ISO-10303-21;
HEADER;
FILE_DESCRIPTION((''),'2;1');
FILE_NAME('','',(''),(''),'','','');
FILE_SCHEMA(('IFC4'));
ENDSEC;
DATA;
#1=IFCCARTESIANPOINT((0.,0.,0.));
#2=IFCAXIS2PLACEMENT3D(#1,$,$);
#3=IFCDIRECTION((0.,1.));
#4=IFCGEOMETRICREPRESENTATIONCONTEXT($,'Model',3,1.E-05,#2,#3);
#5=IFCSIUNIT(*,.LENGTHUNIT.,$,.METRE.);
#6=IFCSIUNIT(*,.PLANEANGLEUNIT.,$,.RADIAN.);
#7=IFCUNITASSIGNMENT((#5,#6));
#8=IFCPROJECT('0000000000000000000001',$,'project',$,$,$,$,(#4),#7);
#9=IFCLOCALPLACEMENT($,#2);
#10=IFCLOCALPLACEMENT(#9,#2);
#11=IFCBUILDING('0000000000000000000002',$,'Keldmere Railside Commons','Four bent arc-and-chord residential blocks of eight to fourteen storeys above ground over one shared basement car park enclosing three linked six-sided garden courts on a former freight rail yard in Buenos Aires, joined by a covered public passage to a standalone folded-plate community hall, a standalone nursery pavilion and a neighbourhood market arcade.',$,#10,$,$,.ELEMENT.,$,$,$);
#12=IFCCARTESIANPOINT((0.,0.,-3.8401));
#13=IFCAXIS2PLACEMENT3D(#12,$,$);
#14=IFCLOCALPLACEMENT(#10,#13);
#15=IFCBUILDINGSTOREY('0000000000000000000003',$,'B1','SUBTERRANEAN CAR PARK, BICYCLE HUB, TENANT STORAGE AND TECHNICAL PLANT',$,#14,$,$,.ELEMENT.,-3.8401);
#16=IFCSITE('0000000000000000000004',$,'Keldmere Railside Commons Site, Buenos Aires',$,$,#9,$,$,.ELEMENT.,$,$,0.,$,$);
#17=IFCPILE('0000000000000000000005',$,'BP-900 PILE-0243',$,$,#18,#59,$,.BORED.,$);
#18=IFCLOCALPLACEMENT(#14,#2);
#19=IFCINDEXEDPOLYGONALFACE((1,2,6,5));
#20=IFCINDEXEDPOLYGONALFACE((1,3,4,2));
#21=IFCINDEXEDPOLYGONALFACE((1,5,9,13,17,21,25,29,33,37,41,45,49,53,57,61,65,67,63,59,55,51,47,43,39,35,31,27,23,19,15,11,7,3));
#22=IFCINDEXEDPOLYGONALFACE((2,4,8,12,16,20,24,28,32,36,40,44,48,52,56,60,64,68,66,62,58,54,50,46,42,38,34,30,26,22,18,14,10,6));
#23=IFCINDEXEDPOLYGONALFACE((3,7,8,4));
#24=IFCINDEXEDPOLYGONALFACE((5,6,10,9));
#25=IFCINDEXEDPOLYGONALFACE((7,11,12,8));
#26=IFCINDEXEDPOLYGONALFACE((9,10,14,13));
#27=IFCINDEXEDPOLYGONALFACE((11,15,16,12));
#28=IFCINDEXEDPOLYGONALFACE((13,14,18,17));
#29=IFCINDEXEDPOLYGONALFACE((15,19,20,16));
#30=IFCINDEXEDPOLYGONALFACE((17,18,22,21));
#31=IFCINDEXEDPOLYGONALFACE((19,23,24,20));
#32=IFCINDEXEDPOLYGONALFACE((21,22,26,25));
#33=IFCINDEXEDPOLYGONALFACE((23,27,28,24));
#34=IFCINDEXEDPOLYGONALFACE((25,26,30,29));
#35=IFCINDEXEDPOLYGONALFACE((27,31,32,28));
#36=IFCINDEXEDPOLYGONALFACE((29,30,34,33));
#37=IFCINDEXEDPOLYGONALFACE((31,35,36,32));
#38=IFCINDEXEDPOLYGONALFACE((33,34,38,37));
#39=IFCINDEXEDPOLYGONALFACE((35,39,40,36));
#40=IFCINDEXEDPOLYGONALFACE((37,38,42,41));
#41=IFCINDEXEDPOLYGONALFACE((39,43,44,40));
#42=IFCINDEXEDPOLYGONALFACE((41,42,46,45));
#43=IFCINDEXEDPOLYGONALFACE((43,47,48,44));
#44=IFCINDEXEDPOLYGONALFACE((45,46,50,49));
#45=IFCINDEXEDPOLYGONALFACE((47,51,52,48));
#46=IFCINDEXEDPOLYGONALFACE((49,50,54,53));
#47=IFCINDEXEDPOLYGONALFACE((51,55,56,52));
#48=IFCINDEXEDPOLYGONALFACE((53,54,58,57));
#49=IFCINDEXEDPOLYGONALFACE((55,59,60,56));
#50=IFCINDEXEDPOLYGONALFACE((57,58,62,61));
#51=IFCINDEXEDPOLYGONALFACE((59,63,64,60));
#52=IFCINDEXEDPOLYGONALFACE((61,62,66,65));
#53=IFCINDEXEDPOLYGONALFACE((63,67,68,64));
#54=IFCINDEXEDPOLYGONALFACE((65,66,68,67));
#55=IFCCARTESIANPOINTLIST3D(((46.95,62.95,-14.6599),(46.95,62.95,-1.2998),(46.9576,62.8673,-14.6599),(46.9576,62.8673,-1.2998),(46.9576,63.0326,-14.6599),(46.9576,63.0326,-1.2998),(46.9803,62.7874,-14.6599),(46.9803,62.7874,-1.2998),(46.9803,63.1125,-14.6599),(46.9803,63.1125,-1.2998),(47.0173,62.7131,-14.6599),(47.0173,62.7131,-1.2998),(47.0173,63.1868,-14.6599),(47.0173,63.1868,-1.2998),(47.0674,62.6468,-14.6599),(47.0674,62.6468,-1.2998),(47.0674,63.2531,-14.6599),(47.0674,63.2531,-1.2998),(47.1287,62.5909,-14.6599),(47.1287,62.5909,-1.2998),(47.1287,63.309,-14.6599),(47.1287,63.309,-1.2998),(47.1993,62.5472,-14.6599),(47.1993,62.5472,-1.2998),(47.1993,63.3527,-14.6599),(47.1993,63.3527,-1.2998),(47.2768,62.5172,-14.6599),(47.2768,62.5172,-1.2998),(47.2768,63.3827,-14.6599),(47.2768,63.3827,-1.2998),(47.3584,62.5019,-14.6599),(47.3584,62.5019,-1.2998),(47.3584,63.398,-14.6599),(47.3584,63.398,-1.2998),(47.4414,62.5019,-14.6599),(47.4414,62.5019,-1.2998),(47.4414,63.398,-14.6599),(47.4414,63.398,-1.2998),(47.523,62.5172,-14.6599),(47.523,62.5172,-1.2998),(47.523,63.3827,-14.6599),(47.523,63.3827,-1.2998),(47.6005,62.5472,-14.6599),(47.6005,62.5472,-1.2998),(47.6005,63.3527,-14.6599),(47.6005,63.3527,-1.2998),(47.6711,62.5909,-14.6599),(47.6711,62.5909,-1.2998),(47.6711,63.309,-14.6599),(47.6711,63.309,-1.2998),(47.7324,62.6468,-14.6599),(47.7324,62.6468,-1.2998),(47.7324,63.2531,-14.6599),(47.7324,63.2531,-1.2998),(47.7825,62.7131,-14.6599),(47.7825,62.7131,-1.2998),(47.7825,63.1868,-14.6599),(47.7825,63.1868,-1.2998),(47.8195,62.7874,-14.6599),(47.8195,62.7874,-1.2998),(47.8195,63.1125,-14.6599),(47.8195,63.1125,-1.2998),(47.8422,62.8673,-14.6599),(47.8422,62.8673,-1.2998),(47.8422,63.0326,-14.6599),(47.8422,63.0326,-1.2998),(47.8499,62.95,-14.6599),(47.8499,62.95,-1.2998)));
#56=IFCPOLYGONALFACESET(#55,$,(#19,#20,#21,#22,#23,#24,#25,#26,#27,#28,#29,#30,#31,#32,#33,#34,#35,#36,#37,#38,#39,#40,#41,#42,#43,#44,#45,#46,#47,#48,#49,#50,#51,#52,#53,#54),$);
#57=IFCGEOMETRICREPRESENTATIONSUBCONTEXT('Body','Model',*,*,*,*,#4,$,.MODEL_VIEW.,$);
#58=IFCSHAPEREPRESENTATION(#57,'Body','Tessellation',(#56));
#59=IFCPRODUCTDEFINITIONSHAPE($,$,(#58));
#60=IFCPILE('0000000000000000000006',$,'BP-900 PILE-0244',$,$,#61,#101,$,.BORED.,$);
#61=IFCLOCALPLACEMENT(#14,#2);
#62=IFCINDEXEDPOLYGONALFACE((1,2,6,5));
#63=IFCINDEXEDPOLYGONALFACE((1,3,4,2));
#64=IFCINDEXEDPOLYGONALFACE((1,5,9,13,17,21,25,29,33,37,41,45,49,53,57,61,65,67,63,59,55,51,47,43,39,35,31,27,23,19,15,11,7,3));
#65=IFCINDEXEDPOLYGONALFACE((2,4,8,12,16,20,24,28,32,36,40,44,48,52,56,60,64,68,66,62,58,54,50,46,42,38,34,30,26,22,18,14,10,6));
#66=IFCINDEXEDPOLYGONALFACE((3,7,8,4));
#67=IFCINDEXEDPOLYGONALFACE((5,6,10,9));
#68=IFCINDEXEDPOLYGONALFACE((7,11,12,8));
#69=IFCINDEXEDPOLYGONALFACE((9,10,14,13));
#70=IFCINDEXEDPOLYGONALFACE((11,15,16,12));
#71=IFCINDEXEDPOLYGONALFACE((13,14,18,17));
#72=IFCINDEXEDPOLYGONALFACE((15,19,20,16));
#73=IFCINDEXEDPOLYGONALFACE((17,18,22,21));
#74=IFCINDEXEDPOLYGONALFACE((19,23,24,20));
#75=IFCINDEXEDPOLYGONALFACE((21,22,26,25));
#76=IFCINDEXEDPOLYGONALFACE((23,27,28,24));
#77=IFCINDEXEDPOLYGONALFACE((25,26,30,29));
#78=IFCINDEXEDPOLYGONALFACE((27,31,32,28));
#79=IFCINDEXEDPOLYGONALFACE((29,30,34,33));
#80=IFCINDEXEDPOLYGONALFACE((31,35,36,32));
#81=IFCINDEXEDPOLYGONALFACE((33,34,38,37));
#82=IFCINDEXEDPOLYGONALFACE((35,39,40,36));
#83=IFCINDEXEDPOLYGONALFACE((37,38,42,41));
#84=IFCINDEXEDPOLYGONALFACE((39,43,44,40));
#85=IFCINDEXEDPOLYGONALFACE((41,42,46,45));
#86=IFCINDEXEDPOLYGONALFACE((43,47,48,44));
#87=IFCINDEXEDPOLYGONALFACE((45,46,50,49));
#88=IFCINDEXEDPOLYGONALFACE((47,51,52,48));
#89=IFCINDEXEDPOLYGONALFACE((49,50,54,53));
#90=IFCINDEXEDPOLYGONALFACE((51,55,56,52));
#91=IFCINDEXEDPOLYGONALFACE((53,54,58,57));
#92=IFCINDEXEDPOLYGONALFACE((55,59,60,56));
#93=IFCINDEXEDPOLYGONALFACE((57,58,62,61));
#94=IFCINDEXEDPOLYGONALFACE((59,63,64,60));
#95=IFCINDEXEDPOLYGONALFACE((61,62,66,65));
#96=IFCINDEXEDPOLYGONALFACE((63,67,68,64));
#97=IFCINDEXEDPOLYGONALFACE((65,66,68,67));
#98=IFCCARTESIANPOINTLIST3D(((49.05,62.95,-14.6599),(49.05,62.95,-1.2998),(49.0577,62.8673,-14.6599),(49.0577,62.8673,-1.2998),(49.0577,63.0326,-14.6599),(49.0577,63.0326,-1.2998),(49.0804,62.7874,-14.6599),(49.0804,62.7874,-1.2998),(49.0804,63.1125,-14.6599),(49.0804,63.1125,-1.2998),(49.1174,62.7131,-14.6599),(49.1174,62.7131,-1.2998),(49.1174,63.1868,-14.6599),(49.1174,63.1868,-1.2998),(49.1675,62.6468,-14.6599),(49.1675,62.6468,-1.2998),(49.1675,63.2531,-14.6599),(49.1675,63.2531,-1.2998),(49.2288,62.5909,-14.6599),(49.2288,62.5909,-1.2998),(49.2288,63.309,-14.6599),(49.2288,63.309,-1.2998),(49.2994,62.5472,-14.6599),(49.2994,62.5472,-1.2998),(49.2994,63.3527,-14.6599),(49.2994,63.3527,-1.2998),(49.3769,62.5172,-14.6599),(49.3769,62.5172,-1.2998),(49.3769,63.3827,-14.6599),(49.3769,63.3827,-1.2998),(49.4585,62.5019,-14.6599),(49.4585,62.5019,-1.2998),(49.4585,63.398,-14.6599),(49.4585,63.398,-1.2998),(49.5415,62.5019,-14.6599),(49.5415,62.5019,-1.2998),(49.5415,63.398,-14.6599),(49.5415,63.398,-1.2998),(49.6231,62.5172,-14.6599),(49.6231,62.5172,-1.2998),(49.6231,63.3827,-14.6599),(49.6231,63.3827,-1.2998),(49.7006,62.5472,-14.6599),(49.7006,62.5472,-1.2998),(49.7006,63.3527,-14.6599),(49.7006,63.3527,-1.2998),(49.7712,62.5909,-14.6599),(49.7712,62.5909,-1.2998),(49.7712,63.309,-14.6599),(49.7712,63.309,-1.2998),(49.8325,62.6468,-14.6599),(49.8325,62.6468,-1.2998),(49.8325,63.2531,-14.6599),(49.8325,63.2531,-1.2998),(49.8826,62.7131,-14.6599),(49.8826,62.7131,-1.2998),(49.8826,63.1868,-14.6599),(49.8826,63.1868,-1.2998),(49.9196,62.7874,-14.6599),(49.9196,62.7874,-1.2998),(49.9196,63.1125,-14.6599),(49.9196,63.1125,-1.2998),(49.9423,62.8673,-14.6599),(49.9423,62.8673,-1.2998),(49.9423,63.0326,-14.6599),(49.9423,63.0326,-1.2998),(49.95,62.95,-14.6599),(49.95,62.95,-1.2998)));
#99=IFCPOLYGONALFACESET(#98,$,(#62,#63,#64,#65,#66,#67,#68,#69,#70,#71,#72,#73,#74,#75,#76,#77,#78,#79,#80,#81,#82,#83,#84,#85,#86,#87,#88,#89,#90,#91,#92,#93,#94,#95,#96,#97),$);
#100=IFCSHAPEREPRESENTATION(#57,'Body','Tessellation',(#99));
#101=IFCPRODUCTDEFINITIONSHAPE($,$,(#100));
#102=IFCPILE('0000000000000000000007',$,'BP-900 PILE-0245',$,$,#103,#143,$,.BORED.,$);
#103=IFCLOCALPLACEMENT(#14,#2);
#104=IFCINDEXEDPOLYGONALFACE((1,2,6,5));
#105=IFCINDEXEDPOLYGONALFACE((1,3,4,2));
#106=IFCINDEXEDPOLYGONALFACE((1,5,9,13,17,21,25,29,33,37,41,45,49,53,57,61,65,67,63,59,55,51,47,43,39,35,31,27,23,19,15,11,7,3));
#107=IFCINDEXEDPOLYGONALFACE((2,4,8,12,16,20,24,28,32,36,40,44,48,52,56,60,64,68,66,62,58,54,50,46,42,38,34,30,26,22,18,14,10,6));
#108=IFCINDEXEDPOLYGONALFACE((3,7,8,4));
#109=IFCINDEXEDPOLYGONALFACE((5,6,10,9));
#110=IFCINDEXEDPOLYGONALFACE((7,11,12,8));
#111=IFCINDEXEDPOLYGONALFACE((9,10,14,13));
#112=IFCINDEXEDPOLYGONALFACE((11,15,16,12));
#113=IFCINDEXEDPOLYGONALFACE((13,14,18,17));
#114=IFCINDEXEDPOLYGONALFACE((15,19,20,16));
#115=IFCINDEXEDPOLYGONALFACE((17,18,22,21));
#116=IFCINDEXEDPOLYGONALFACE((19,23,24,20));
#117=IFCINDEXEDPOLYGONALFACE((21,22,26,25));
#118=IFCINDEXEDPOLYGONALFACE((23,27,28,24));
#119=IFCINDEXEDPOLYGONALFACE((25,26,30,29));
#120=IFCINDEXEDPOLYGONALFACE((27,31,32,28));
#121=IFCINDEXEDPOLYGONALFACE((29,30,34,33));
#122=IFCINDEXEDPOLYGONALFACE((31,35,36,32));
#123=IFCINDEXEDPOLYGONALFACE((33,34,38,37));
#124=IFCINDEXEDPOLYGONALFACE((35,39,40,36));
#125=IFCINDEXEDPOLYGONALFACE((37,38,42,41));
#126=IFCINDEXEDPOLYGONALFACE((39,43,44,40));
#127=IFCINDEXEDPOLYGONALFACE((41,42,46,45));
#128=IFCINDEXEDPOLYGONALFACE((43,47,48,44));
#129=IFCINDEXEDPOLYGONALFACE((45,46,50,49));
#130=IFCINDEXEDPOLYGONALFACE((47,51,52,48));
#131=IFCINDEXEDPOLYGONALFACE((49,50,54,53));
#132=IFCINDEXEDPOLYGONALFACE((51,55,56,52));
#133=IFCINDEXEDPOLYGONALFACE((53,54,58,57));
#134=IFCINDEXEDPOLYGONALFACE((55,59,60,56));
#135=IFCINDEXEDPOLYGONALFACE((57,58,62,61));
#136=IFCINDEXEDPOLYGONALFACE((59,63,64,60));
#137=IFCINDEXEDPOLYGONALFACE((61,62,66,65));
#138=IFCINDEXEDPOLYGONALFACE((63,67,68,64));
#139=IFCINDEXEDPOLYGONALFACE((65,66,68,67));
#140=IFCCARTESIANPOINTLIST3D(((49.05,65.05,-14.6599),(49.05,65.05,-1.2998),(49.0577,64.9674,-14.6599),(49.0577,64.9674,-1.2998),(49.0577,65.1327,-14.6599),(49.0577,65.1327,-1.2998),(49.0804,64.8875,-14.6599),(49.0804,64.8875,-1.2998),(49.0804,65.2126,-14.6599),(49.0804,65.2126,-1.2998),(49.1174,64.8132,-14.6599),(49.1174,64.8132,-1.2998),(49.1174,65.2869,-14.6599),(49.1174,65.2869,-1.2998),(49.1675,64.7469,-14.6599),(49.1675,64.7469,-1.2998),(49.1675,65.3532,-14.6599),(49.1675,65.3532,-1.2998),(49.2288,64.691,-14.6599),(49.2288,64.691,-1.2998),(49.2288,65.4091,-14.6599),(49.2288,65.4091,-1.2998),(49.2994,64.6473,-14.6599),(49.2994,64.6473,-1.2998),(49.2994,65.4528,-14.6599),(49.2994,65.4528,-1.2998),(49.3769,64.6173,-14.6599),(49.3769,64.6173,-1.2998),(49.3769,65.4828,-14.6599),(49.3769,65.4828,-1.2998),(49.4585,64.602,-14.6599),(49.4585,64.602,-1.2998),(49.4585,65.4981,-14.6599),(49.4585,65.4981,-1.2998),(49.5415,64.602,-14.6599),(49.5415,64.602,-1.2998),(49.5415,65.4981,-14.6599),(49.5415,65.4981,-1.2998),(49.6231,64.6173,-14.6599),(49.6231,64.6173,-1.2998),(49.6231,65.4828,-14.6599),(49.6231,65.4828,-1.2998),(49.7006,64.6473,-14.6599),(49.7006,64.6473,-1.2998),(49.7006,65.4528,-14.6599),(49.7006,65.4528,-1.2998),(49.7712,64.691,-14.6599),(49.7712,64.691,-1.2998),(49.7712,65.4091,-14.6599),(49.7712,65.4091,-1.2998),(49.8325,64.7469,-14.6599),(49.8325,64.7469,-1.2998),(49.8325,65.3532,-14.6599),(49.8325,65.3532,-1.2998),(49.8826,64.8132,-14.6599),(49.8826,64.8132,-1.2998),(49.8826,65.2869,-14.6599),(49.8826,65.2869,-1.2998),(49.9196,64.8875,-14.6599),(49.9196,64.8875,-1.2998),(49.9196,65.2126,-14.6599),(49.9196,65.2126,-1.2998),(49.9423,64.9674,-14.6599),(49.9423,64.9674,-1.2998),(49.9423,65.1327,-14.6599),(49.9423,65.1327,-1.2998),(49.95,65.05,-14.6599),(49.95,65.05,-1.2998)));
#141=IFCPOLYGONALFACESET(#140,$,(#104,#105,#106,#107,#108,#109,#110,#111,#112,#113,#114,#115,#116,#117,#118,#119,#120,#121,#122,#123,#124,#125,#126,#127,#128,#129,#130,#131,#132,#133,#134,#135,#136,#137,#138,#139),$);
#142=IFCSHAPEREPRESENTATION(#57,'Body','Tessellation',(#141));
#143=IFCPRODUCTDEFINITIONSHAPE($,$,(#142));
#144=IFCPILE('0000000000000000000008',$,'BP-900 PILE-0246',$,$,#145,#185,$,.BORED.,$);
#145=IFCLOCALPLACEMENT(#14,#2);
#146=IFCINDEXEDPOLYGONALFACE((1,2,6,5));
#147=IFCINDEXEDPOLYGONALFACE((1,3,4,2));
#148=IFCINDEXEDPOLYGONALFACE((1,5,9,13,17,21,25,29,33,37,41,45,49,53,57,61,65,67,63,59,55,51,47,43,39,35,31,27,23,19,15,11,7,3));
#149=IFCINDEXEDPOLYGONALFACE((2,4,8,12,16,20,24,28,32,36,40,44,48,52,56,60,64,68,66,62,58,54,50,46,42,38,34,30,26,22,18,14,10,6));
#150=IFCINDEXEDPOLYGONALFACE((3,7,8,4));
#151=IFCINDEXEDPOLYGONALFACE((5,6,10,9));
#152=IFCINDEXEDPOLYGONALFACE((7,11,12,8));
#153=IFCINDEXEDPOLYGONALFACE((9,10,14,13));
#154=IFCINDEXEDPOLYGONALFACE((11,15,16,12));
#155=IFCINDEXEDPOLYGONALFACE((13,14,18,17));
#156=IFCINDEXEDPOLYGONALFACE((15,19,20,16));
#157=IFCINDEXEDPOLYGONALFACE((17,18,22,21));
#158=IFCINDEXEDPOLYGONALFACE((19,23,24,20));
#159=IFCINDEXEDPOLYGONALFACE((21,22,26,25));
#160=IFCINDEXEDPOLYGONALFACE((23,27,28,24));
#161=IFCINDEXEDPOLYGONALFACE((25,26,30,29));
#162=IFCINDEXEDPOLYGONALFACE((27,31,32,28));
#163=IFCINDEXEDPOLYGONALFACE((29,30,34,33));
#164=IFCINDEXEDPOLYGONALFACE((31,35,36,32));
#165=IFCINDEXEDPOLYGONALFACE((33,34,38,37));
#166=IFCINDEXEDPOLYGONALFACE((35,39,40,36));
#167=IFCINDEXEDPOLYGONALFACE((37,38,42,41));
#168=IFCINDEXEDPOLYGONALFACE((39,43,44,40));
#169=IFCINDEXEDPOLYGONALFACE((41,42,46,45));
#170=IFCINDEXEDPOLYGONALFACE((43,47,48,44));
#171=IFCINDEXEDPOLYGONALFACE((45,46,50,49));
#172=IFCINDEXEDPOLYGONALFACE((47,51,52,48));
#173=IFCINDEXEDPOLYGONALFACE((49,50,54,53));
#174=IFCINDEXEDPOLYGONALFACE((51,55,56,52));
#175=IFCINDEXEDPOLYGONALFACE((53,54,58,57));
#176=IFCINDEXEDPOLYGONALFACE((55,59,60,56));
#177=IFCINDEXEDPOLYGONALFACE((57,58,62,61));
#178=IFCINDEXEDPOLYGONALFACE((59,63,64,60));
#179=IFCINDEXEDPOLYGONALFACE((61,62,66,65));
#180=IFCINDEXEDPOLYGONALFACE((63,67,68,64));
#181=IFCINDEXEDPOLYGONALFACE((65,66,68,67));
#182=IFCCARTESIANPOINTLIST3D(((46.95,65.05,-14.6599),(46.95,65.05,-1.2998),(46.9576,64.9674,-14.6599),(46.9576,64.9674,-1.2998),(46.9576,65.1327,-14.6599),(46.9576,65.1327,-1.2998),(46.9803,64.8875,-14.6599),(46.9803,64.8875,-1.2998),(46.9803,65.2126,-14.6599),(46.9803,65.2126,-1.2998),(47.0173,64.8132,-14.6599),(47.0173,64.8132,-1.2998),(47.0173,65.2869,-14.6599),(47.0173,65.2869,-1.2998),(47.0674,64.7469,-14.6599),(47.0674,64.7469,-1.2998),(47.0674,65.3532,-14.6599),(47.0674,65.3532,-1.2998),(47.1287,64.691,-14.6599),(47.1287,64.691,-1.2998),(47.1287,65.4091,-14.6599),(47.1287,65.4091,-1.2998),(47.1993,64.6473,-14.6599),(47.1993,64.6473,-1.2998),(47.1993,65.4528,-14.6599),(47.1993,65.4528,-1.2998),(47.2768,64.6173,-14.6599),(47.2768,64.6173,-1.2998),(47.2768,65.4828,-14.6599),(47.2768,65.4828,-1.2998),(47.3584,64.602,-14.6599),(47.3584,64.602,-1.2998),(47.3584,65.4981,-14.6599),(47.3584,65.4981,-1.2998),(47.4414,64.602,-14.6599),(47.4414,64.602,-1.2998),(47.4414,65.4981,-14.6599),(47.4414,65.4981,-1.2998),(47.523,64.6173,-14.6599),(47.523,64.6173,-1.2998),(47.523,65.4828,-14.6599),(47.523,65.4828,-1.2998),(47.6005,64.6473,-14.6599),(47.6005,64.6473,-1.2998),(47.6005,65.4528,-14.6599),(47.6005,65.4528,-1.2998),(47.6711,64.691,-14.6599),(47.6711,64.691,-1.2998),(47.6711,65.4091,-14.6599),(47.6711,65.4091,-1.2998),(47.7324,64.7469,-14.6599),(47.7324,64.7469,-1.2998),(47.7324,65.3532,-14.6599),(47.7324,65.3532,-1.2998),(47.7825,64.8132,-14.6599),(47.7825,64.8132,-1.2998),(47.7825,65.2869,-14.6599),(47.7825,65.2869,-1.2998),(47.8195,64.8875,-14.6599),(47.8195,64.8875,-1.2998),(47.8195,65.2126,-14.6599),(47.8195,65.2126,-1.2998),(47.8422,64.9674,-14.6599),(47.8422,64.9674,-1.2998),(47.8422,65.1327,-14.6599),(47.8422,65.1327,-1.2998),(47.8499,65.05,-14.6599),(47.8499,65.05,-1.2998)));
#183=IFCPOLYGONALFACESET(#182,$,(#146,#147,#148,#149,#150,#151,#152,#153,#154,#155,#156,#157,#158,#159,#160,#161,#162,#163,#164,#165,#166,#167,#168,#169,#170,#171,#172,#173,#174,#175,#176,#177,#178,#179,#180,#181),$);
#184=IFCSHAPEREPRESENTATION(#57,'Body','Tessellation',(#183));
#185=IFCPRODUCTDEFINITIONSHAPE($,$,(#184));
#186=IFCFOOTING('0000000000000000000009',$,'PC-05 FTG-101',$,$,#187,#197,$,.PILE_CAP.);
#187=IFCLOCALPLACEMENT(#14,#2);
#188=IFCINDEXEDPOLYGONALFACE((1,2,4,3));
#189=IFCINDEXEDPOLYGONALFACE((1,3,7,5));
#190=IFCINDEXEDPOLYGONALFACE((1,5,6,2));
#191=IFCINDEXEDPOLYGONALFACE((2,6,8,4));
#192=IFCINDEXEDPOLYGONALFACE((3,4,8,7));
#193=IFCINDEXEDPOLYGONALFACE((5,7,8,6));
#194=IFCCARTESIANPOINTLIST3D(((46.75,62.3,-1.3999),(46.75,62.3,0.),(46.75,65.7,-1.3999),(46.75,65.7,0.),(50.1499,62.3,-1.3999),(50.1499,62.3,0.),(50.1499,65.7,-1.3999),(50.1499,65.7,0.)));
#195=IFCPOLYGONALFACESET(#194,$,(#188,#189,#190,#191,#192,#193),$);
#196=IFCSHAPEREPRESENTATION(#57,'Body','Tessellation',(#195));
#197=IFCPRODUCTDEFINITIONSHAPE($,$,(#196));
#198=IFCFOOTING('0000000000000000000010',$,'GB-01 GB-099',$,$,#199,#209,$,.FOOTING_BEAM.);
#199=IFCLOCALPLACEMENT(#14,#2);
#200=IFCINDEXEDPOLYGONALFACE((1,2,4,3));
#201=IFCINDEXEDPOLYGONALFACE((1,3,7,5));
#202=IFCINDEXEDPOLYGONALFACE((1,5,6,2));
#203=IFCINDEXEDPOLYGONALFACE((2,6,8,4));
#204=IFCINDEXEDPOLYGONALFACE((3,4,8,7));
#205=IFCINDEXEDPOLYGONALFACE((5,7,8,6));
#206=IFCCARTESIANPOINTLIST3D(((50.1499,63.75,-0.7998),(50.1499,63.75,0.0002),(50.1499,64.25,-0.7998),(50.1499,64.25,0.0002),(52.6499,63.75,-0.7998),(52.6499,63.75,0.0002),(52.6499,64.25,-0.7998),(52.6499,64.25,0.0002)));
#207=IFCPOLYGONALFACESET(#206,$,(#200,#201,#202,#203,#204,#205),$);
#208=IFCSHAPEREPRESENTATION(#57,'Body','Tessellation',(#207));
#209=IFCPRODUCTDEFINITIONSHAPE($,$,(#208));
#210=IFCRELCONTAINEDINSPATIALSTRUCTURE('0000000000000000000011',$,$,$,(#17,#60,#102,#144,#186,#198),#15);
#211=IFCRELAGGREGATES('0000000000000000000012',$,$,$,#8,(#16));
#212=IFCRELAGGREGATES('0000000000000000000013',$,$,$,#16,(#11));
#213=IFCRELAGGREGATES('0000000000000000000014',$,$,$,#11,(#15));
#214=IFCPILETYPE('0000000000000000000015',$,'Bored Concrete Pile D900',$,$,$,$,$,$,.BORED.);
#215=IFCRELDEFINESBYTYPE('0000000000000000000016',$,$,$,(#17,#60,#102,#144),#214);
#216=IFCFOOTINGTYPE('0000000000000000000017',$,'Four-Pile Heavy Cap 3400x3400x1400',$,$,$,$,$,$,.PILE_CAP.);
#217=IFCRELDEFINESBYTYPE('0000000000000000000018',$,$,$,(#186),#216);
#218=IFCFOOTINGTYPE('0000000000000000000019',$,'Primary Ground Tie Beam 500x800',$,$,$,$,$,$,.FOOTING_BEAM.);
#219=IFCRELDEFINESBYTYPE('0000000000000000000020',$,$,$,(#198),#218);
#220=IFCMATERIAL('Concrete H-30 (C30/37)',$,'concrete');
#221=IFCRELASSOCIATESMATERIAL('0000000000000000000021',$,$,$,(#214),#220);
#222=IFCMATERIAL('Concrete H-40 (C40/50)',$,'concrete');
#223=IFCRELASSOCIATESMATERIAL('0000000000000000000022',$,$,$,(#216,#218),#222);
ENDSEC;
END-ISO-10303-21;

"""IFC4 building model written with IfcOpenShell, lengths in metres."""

from ifc_helpers import new_model, si_unit, direction, frame, origin, origin_2d, place, context, subcontext, project, spatial, rectangle, circle, extrude, material, material_profile, profile_set, type_object, element, save


model = new_model("IFC4")

# Units and contexts
model_context = context("Model", 3, precision=1e-05, world=origin(), true_north=direction((0.0, 1.0)))
body_context = subcontext(model_context, "Body", "Model", "MODEL_VIEW")
ifc_project = project(units=[si_unit("LENGTHUNIT", "METRE"), si_unit("PLANEANGLEUNIT", "RADIAN")], contexts=[model_context])

# Site, building, storey
site_placement = place(None, origin())
site = spatial("IfcSite", under=ifc_project, at=site_placement, Name="Keldmere Railside Commons Site, Buenos Aires", CompositionType="ELEMENT", RefElevation=0.0)
building_placement = place(site_placement, origin())
building = spatial("IfcBuilding", under=site, at=building_placement, Name="Keldmere Railside Commons", Description="Four bent arc-and-chord residential blocks of eight to fourteen storeys above ground over one shared basement car park enclosing three linked six-sided garden courts on a former freight rail yard in Buenos Aires, joined by a covered public passage to a standalone folded-plate community hall, a standalone nursery pavilion and a neighbourhood market arcade.", CompositionType="ELEMENT")
storey_placement = place(building_placement, frame((0.0, 0.0, -3.8401)))
storey = spatial("IfcBuildingStorey", under=building, at=storey_placement, Name="B1", Description="SUBTERRANEAN CAR PARK, BICYCLE HUB, TENANT STORAGE AND TECHNICAL PLANT", CompositionType="ELEMENT", Elevation=-3.8401)

# Piles
ifc_material_1 = material(Name="Concrete H-30 (C30/37)", Category="concrete")
ifc_material_profile_1 = material_profile(ifc_material_1, circle(Radius=0.45, at=origin_2d()), Name="PILE-D900")
ifc_profile_set_1 = profile_set([ifc_material_profile_1], Name="Concrete H-30 (C30/37)")
pile_type_1 = type_object("IfcPileType", Name="Bored Concrete Pile D900", PredefinedType="BORED", material=ifc_profile_set_1)
for number, where, z_axis, x_axis, name in (
    (1, (47.3999, 62.95, -1.2998), (0.0, 0.0, -1.0), (1.0, 0.0, 0.0), "BP-900 PILE-0243"),
    (2, (49.5, 62.95, -1.2998), (0.0, 0.0, -1.0), (1.0, 0.0, 0.0), "BP-900 PILE-0244"),
    (3, (49.5, 65.05, -1.2998), (0.0, 0.0, -1.0), (1.0, 0.0, 0.0), "BP-900 PILE-0245"),
    (4, (47.3999, 65.05, -1.2998), (0.0, 0.0, -1.0), (1.0, 0.0, 0.0), "BP-900 PILE-0246"),
):
    element("IfcPile", number, at=place(storey_placement, frame(where, z_axis=z_axis, x_axis=x_axis)), inside=storey, type_object=pile_type_1, Name=name, PredefinedType="BORED", context=body_context, shape_type="SweptSolid", body=[
        extrude(circle(Radius=0.45, at=origin_2d()), origin(), (0.0, 0.0, 1.0), 13.3601),
    ])

# Footings
ifc_material_2 = material(Name="Concrete H-40 (C40/50)", Category="concrete")
footing_type_1 = type_object("IfcFootingType", Name="Four-Pile Heavy Cap 3400x3400x1400", PredefinedType="PILE_CAP", material=ifc_material_2)
footing_1_placement = place(storey_placement, frame((48.45, 64.0, -1.3999), z_axis=(0.0, 0.0, 1.0), x_axis=(1.0, 0.0, 0.0)))
element("IfcFooting", 5, at=footing_1_placement, inside=storey, type_object=footing_type_1, Name="PC-05 FTG-101", PredefinedType="PILE_CAP", context=body_context, shape_type="SweptSolid", body=[
    extrude(rectangle(XDim=3.3999, YDim=3.3999, at=origin_2d()), origin(), (0.0, 0.0, 1.0), 1.3999),
])
footing_type_2 = type_object("IfcFootingType", Name="Primary Ground Tie Beam 500x800", PredefinedType="FOOTING_BEAM", material=ifc_material_2)
footing_2_placement = place(storey_placement, frame((51.3999, 64.0, -0.7998), z_axis=(0.0, 0.0, 1.0), x_axis=(1.0, 0.0, 0.0)))
element("IfcFooting", 6, at=footing_2_placement, inside=storey, type_object=footing_type_2, Name="GB-01 GB-099", PredefinedType="FOOTING_BEAM", context=body_context, shape_type="SweptSolid", body=[
    extrude(rectangle(XDim=2.5, YDim=0.5, at=origin_2d()), origin(), (0.0, 0.0, 1.0), 0.8),
])

save(model, "model.ifc")
